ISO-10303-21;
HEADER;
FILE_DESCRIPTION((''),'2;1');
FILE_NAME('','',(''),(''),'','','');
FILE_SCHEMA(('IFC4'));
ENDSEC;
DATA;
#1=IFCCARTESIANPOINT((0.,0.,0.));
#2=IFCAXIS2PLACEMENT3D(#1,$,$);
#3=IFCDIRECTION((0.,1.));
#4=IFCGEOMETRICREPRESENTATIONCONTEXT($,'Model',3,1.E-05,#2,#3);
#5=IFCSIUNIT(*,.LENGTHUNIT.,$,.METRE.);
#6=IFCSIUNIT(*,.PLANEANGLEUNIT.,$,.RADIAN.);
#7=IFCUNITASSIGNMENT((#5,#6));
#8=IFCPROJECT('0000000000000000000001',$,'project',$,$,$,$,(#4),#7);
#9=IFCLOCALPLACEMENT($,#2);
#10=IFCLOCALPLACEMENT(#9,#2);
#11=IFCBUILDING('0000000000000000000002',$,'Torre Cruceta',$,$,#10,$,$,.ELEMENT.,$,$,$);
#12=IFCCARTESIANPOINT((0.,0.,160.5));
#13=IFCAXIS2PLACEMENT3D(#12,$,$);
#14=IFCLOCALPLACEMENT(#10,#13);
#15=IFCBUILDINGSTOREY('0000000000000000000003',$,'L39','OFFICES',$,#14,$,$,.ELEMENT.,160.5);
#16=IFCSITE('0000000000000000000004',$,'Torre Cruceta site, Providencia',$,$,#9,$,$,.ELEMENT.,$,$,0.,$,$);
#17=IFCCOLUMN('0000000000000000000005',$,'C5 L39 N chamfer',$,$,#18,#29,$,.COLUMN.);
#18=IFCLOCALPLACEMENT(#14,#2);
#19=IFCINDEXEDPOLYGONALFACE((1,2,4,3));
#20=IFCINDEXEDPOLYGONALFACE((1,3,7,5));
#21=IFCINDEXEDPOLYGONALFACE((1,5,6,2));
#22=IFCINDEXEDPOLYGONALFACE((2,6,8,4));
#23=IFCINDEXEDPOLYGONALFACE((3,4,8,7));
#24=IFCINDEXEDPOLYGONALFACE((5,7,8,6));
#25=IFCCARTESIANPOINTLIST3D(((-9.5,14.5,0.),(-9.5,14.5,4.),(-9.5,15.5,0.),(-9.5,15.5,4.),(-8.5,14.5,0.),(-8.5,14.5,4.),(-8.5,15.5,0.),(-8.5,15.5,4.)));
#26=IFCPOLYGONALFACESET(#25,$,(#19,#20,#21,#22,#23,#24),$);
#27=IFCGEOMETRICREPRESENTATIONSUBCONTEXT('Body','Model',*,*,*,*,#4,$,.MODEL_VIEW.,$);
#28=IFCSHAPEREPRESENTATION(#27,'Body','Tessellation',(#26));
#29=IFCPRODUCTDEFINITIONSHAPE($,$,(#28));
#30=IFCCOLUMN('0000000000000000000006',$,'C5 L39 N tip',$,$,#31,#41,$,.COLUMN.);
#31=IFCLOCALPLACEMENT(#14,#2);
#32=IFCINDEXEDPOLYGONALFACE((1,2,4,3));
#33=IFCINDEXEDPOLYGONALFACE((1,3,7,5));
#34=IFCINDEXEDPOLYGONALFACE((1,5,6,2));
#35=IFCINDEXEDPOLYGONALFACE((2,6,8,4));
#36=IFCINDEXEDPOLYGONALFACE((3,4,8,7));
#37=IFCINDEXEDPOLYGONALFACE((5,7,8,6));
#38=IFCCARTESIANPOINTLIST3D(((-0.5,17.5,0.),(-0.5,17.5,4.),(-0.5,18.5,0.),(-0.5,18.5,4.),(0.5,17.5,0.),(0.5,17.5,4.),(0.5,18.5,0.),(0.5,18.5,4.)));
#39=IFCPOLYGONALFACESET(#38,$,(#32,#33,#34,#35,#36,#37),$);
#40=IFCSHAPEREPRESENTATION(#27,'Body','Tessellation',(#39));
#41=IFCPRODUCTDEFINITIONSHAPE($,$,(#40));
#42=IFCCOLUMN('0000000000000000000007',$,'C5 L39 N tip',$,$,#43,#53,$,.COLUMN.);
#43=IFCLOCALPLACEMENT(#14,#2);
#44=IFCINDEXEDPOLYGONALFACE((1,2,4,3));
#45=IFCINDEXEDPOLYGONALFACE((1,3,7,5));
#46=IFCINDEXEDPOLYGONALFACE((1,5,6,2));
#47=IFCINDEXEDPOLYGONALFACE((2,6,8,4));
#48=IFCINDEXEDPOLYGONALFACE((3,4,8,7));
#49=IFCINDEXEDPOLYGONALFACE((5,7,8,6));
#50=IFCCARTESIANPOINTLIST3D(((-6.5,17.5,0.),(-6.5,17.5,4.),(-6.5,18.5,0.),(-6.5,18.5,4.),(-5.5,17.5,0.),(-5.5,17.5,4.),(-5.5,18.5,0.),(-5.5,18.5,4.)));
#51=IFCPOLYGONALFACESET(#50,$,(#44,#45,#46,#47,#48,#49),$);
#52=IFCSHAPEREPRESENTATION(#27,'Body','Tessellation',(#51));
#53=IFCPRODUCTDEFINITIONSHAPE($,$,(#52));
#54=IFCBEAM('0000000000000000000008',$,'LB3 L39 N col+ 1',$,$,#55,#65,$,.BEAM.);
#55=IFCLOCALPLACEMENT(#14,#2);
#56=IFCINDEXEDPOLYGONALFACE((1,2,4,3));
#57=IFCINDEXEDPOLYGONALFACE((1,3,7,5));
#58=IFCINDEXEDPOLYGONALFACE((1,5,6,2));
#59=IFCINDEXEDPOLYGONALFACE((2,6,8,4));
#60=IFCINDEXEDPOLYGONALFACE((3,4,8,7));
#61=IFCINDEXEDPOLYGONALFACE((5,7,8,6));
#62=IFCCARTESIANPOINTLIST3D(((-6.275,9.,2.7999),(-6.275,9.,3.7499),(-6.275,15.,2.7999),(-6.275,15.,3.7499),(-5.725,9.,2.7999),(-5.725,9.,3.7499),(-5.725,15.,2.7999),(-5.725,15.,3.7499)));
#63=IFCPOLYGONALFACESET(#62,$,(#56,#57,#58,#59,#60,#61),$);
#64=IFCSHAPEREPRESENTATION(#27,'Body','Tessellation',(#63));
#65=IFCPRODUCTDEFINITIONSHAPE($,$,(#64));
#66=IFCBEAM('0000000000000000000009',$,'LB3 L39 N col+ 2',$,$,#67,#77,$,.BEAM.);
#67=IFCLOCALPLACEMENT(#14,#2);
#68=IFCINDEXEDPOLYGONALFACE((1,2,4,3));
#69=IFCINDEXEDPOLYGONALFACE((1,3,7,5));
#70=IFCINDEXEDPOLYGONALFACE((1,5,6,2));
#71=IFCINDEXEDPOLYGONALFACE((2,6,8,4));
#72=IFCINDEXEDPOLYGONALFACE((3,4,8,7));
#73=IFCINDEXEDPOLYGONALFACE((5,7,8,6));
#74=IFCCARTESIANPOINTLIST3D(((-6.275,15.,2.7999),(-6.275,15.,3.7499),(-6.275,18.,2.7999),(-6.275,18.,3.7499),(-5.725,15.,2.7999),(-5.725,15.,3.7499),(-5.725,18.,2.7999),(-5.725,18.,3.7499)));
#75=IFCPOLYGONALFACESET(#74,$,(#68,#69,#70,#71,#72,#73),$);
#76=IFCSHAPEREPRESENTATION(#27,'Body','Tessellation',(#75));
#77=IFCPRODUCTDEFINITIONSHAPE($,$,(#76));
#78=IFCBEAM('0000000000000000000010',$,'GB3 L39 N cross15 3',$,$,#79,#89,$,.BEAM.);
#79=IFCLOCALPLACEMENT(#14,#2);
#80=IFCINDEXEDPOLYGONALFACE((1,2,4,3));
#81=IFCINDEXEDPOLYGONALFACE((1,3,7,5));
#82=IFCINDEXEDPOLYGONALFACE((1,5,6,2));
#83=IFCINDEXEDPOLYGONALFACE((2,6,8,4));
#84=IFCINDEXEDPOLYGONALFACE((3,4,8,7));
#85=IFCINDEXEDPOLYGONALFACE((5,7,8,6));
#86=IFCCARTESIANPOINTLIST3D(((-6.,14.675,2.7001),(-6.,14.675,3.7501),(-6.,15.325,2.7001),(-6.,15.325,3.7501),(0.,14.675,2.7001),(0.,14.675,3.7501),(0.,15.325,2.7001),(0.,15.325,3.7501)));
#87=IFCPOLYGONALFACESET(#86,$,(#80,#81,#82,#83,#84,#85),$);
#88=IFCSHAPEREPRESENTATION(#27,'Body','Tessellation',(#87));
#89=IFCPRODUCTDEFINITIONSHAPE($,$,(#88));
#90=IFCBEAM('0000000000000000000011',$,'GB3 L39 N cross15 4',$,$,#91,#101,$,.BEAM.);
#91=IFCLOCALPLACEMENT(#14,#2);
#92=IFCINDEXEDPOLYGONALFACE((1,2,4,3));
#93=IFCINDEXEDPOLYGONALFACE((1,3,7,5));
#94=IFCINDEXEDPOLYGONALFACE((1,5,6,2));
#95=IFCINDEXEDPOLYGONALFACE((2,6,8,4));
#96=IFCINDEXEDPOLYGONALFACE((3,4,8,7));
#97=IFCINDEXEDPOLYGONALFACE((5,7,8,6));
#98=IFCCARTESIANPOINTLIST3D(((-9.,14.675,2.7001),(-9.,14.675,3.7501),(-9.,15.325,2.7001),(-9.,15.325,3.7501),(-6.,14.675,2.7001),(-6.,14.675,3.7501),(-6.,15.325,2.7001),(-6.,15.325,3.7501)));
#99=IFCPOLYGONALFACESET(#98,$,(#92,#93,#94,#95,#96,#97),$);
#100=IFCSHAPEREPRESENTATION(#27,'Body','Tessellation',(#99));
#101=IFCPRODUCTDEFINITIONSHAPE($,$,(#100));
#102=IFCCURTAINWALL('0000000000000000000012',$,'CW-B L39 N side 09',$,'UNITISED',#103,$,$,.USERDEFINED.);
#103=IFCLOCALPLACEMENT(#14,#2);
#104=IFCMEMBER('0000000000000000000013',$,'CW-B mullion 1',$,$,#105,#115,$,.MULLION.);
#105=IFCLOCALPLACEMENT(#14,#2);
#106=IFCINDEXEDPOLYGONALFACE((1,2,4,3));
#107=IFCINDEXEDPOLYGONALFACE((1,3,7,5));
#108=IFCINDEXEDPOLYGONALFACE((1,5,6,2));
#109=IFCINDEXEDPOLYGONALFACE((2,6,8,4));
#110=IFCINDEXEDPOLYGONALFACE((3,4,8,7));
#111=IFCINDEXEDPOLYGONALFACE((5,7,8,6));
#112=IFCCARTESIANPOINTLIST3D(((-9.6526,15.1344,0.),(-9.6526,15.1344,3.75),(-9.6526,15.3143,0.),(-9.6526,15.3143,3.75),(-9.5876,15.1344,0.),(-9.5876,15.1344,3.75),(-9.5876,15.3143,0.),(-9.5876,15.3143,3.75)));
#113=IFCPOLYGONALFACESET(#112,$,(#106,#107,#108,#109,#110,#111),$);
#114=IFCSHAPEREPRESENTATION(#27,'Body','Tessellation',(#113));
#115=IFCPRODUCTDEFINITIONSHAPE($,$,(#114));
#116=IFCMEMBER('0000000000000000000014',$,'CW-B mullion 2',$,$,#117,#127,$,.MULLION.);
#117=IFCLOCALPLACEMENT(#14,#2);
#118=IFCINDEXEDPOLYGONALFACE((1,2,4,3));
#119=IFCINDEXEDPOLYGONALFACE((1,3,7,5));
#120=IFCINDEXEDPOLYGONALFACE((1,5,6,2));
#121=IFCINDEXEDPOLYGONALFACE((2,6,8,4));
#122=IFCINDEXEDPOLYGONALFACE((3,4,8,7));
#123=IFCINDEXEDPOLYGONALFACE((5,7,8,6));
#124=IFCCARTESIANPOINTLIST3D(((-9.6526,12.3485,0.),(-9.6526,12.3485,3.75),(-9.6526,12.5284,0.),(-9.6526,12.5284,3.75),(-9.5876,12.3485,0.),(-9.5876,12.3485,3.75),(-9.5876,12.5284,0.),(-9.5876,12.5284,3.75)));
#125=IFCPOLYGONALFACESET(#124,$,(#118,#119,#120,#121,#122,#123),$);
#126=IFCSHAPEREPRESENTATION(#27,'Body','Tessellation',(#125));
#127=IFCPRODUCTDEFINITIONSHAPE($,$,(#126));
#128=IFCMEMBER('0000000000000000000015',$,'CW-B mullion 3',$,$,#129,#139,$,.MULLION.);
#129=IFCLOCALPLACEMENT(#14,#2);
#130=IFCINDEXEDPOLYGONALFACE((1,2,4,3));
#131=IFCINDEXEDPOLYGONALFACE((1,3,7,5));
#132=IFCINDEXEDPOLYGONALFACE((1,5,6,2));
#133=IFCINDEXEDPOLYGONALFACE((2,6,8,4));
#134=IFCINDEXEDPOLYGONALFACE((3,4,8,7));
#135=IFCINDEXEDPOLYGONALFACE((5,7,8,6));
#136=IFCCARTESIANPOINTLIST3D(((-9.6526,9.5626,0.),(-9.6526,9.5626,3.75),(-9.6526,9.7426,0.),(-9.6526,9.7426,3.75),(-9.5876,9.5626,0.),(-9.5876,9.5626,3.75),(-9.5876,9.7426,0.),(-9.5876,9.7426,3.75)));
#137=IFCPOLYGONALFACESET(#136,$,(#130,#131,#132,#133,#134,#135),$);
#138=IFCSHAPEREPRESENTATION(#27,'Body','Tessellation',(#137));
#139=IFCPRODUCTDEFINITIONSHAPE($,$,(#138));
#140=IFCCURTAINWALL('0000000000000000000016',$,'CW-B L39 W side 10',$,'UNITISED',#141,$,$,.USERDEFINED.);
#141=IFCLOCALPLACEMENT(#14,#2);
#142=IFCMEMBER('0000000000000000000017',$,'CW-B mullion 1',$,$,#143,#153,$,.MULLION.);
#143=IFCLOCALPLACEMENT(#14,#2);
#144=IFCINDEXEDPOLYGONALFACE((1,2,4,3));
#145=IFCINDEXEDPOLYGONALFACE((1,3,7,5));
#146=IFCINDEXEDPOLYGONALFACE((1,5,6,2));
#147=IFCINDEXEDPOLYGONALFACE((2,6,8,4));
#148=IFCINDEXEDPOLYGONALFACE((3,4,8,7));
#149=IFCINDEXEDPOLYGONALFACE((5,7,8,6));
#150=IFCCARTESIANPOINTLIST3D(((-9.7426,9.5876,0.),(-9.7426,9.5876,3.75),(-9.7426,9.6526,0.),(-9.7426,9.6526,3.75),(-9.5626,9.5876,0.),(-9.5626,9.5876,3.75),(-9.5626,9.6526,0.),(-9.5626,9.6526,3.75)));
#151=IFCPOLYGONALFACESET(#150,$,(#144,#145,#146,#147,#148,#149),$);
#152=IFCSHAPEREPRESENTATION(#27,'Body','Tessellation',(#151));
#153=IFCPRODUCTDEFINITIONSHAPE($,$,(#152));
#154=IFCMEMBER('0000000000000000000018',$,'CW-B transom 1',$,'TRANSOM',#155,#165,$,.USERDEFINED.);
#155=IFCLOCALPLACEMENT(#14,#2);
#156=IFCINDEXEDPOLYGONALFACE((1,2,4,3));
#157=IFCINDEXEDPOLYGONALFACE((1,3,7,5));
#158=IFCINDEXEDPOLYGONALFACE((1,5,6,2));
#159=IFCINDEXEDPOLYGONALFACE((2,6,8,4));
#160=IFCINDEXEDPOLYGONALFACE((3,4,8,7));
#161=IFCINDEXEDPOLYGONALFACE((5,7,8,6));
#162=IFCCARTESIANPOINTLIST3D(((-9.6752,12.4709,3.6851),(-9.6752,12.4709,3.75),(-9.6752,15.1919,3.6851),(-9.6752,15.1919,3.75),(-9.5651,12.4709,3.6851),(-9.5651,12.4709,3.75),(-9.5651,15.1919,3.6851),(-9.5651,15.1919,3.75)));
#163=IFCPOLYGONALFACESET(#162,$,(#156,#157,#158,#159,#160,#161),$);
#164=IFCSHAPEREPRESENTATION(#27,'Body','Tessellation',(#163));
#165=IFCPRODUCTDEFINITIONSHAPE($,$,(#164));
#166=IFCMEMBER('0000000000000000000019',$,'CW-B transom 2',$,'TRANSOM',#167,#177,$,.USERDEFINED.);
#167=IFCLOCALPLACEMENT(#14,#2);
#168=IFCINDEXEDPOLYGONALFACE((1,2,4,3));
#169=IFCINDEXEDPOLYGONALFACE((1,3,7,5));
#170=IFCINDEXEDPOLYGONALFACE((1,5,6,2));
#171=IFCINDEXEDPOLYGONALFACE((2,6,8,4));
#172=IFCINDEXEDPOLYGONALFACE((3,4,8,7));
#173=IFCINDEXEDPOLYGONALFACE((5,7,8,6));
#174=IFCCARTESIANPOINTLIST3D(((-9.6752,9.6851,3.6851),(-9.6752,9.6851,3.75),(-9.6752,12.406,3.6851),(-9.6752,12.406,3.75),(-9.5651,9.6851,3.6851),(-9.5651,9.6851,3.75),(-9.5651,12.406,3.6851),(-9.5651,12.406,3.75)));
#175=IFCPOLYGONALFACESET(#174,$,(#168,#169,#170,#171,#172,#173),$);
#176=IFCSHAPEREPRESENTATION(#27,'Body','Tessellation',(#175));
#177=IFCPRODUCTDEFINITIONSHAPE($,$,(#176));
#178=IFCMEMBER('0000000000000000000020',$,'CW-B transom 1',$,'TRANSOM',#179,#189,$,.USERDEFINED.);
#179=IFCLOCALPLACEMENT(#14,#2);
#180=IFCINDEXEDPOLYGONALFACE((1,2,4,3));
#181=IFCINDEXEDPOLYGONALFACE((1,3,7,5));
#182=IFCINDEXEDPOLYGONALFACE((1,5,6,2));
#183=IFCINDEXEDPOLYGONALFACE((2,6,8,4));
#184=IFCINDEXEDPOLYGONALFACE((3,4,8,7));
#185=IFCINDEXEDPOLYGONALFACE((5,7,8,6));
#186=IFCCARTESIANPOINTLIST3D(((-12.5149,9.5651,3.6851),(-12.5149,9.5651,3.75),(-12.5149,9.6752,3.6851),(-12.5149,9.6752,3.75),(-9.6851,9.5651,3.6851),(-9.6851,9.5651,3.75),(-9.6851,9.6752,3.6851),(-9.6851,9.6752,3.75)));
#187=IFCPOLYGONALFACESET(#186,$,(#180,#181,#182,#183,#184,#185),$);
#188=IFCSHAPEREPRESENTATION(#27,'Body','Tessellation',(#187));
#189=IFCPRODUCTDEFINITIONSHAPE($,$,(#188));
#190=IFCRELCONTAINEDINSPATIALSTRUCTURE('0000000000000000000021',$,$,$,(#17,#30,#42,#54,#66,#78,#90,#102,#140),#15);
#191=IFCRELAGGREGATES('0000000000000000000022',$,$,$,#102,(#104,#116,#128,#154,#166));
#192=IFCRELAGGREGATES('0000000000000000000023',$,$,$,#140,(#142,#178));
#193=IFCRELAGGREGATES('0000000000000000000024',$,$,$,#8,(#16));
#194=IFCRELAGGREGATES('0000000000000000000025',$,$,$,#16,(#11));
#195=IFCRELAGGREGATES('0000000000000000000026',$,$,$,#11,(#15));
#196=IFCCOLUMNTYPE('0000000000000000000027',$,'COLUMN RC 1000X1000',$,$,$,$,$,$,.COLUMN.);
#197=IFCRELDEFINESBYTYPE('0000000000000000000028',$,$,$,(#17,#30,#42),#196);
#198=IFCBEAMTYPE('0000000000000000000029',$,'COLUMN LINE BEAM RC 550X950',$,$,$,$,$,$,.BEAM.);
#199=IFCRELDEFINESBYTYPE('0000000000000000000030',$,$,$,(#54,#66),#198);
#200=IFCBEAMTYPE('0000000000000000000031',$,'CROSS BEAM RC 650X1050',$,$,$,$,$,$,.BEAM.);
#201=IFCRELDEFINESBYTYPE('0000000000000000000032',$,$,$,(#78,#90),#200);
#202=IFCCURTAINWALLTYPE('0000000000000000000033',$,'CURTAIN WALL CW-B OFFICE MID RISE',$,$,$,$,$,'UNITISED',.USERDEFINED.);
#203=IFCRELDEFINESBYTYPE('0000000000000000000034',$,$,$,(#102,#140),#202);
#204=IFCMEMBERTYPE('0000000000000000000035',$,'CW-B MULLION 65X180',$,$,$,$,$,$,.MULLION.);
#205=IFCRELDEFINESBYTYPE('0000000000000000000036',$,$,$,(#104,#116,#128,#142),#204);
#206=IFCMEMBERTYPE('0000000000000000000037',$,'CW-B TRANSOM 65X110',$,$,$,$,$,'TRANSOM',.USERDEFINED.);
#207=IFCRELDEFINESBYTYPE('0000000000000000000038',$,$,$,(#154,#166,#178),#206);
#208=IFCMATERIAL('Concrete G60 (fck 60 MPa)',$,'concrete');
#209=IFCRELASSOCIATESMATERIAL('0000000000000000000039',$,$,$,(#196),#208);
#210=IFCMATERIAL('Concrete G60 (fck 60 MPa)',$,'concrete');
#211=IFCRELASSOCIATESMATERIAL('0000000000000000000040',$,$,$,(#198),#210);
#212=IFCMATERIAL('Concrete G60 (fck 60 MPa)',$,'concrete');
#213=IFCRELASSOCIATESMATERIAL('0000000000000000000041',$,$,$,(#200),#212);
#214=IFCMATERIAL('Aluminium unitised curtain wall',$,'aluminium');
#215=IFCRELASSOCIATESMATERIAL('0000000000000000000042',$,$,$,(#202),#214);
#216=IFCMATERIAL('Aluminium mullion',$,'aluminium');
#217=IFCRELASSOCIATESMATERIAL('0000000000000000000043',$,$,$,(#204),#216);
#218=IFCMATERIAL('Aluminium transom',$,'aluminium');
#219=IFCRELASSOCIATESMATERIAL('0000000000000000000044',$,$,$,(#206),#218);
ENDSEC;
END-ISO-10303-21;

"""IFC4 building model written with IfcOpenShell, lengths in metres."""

from ifc_helpers import new_model, si_unit, direction, frame, origin, origin_2d, place, context, subcontext, project, spatial, rectangle, extrude, material, material_profile, profile_set, type_object, element, aggregate, save


model = new_model("IFC4")

# Units and contexts
model_context = context("Model", 3, precision=1e-05, world=origin(), true_north=direction((0.0, 1.0)))
body_context = subcontext(model_context, "Body", "Model", "MODEL_VIEW")
ifc_project = project(units=[si_unit("LENGTHUNIT", "METRE"), si_unit("PLANEANGLEUNIT", "RADIAN")], contexts=[model_context])

# Site, building, storey
site_placement = place(None, origin())
site = spatial("IfcSite", under=ifc_project, at=site_placement, Name="Torre Cruceta site, Providencia", CompositionType="ELEMENT", RefElevation=0.0)
building_placement = place(site_placement, origin())
building = spatial("IfcBuilding", under=site, at=building_placement, Name="Torre Cruceta", CompositionType="ELEMENT")
storey_placement = place(building_placement, frame((0.0, 0.0, 160.5)))
storey = spatial("IfcBuildingStorey", under=building, at=storey_placement, Name="L39", Description="OFFICES", CompositionType="ELEMENT", Elevation=160.5)

# Columns
ifc_material_1 = material(Name="Concrete G60 (fck 60 MPa)", Category="concrete")
ifc_material_profile_1 = material_profile(ifc_material_1, rectangle(XDim=1.0, YDim=1.0, at=origin_2d()), Name="RC 1000X1000")
ifc_profile_set_1 = profile_set([ifc_material_profile_1], Name="Concrete G60 (fck 60 MPa)")
column_type = type_object("IfcColumnType", Name="COLUMN RC 1000X1000", PredefinedType="COLUMN", material=ifc_profile_set_1)
for number, where, z_axis, x_axis, name in (
    (1, (-9.0, 15.0, 0.0), (0.0, 0.0, 1.0), (1.0, 0.0, 0.0), "C5 L39 N chamfer"),
    (2, (0.0, 18.0, 0.0), (0.0, 0.0, 1.0), (1.0, 0.0, 0.0), "C5 L39 N tip"),
    (3, (-6.0, 18.0, 0.0), (0.0, 0.0, 1.0), (1.0, 0.0, 0.0), "C5 L39 N tip"),
):
    element("IfcColumn", number, at=place(storey_placement, frame(where, z_axis=z_axis, x_axis=x_axis)), inside=storey, type_object=column_type, Name=name, PredefinedType="COLUMN", context=body_context, shape_type="SweptSolid", body=[
        extrude(rectangle(XDim=1.0, YDim=1.0, at=origin_2d()), origin(), (0.0, 0.0, 1.0), 4.0),
    ])

# Beams
ifc_material_2 = material(Name="Concrete G60 (fck 60 MPa)", Category="concrete")
ifc_material_profile_2 = material_profile(ifc_material_2, rectangle(XDim=0.55, YDim=0.95, at=origin_2d()), Name="RC 550X950")
ifc_profile_set_2 = profile_set([ifc_material_profile_2], Name="Concrete G60 (fck 60 MPa)")
beam_type_1 = type_object("IfcBeamType", Name="COLUMN LINE BEAM RC 550X950", PredefinedType="BEAM", material=ifc_profile_set_2)
beam_1_placement = place(storey_placement, frame((-6.0, 9.0, 3.2749), z_axis=(0.0, 1.0, 0.0), x_axis=(-1.0, 0.0, 0.0)))
element("IfcBeam", 4, at=beam_1_placement, inside=storey, type_object=beam_type_1, Name="LB3 L39 N col+ 1", PredefinedType="BEAM", context=body_context, shape_type="SweptSolid", body=[
    extrude(rectangle(XDim=0.55, YDim=0.95, at=origin_2d()), origin(), (0.0, 0.0, 1.0), 6.0),
])
beam_2_placement = place(storey_placement, frame((-6.0, 15.0, 3.2749), z_axis=(0.0, 1.0, 0.0), x_axis=(-1.0, 0.0, 0.0)))
element("IfcBeam", 5, at=beam_2_placement, inside=storey, type_object=beam_type_1, Name="LB3 L39 N col+ 2", PredefinedType="BEAM", context=body_context, shape_type="SweptSolid", body=[
    extrude(rectangle(XDim=0.55, YDim=0.95, at=origin_2d()), origin(), (0.0, 0.0, 1.0), 3.0),
])
ifc_material_3 = material(Name="Concrete G60 (fck 60 MPa)", Category="concrete")
ifc_material_profile_3 = material_profile(ifc_material_3, rectangle(XDim=0.6499, YDim=1.05, at=origin_2d()), Name="RC 650X1050")
ifc_profile_set_3 = profile_set([ifc_material_profile_3], Name="Concrete G60 (fck 60 MPa)")
beam_type_2 = type_object("IfcBeamType", Name="CROSS BEAM RC 650X1050", PredefinedType="BEAM", material=ifc_profile_set_3)
beam_3_placement = place(storey_placement, frame((0.0, 15.0, 3.2251), z_axis=(-1.0, 0.0, 0.0), x_axis=(0.0, -1.0, 0.0)))
element("IfcBeam", 6, at=beam_3_placement, inside=storey, type_object=beam_type_2, Name="GB3 L39 N cross15 3", PredefinedType="BEAM", context=body_context, shape_type="SweptSolid", body=[
    extrude(rectangle(XDim=0.6499, YDim=1.05, at=origin_2d()), origin(), (0.0, 0.0, 1.0), 6.0),
])
beam_4_placement = place(storey_placement, frame((-6.0, 15.0, 3.2251), z_axis=(-1.0, 0.0, 0.0), x_axis=(0.0, -1.0, 0.0)))
element("IfcBeam", 7, at=beam_4_placement, inside=storey, type_object=beam_type_2, Name="GB3 L39 N cross15 4", PredefinedType="BEAM", context=body_context, shape_type="SweptSolid", body=[
    extrude(rectangle(XDim=0.6499, YDim=1.05, at=origin_2d()), origin(), (0.0, 0.0, 1.0), 3.0),
])

# Curtain wall, members
ifc_material_4 = material(Name="Aluminium unitised curtain wall", Category="aluminium")
curtain_wall_type = type_object("IfcCurtainWallType", Name="CURTAIN WALL CW-B OFFICE MID RISE", ElementType="UNITISED", PredefinedType="USERDEFINED", material=ifc_material_4)
curtain_wall_1_placement = place(storey_placement, origin())
curtain_wall_1 = element("IfcCurtainWall", 8, at=curtain_wall_1_placement, inside=storey, type_object=curtain_wall_type, Name="CW-B L39 N side 09", ObjectType="UNITISED", PredefinedType="USERDEFINED")
ifc_material_5 = material(Name="Aluminium mullion", Category="aluminium")
ifc_material_profile_4 = material_profile(ifc_material_5, rectangle(XDim=0.0649, YDim=0.1799, at=origin_2d()), Name="AL 65X180")
ifc_profile_set_4 = profile_set([ifc_material_profile_4], Name="Aluminium mullion")
member_type_1 = type_object("IfcMemberType", Name="CW-B MULLION 65X180", PredefinedType="MULLION", material=ifc_profile_set_4)
member_1_placement = place(storey_placement, frame((-9.6201, 15.2244, 0.0), z_axis=(0.0, 0.0, 1.0), x_axis=(1.0, 0.0, 0.0)))
member_1 = element("IfcMember", 9, at=member_1_placement, type_object=member_type_1, Name="CW-B mullion 1", PredefinedType="MULLION", context=body_context, shape_type="SweptSolid", body=[
    extrude(rectangle(XDim=0.0649, YDim=0.1799, at=origin_2d()), origin(), (0.0, 0.0, 1.0), 3.75),
])
member_2_placement = place(storey_placement, frame((-9.6201, 12.4385, 0.0), z_axis=(0.0, 0.0, 1.0), x_axis=(1.0, 0.0, 0.0)))
member_2 = element("IfcMember", 10, at=member_2_placement, type_object=member_type_1, Name="CW-B mullion 2", PredefinedType="MULLION", context=body_context, shape_type="SweptSolid", body=[
    extrude(rectangle(XDim=0.0649, YDim=0.1799, at=origin_2d()), origin(), (0.0, 0.0, 1.0), 3.75),
])
member_3_placement = place(storey_placement, frame((-9.6201, 9.6526, 0.0), z_axis=(0.0, 0.0, 1.0), x_axis=(1.0, 0.0, 0.0)))
member_3 = element("IfcMember", 11, at=member_3_placement, type_object=member_type_1, Name="CW-B mullion 3", PredefinedType="MULLION", context=body_context, shape_type="SweptSolid", body=[
    extrude(rectangle(XDim=0.0649, YDim=0.1799, at=origin_2d()), origin(), (0.0, 0.0, 1.0), 3.75),
])

# Curtain wall, member
curtain_wall_2_placement = place(storey_placement, origin())
curtain_wall_2 = element("IfcCurtainWall", 12, at=curtain_wall_2_placement, inside=storey, type_object=curtain_wall_type, Name="CW-B L39 W side 10", ObjectType="UNITISED", PredefinedType="USERDEFINED")
member_4_placement = place(storey_placement, frame((-9.6526, 9.6201, 0.0), z_axis=(0.0, 0.0, 1.0), x_axis=(0.0, -1.0, 0.0)))
member_4 = element("IfcMember", 13, at=member_4_placement, type_object=member_type_1, Name="CW-B mullion 1", PredefinedType="MULLION", context=body_context, shape_type="SweptSolid", body=[
    extrude(rectangle(XDim=0.0649, YDim=0.1799, at=origin_2d()), origin(), (0.0, 0.0, 1.0), 3.75),
])

# Members
ifc_material_6 = material(Name="Aluminium transom", Category="aluminium")
ifc_material_profile_5 = material_profile(ifc_material_6, rectangle(XDim=0.1101, YDim=0.0649, at=origin_2d()), Name="AL 110X65")
ifc_profile_set_5 = profile_set([ifc_material_profile_5], Name="Aluminium transom")
member_type_2 = type_object("IfcMemberType", Name="CW-B TRANSOM 65X110", ElementType="TRANSOM", PredefinedType="USERDEFINED", material=ifc_profile_set_5)
member_5_placement = place(storey_placement, frame((-9.6201, 15.1919, 3.7175), z_axis=(0.0, -1.0, 0.0), x_axis=(1.0, 0.0, 0.0)))
member_5 = element("IfcMember", 14, at=member_5_placement, type_object=member_type_2, Name="CW-B transom 1", ObjectType="TRANSOM", PredefinedType="USERDEFINED", context=body_context, shape_type="SweptSolid", body=[
    extrude(rectangle(XDim=0.1101, YDim=0.0649, at=origin_2d()), origin(), (0.0, 0.0, 1.0), 2.7209),
])
member_6_placement = place(storey_placement, frame((-9.6201, 12.406, 3.7175), z_axis=(0.0, -1.0, 0.0), x_axis=(1.0, 0.0, 0.0)))
member_6 = element("IfcMember", 15, at=member_6_placement, type_object=member_type_2, Name="CW-B transom 2", ObjectType="TRANSOM", PredefinedType="USERDEFINED", context=body_context, shape_type="SweptSolid", body=[
    extrude(rectangle(XDim=0.1101, YDim=0.0649, at=origin_2d()), origin(), (0.0, 0.0, 1.0), 2.7209),
])
member_7_placement = place(storey_placement, frame((-9.6851, 9.6201, 3.7175), z_axis=(-1.0, 0.0, 0.0), x_axis=(0.0, -1.0, 0.0)))
member_7 = element("IfcMember", 16, at=member_7_placement, type_object=member_type_2, Name="CW-B transom 1", ObjectType="TRANSOM", PredefinedType="USERDEFINED", context=body_context, shape_type="SweptSolid", body=[
    extrude(rectangle(XDim=0.1101, YDim=0.0649, at=origin_2d()), origin(), (0.0, 0.0, 1.0), 2.8298),
])

aggregate(curtain_wall_1, [member_1, member_2, member_3, member_5, member_6])
aggregate(curtain_wall_2, [member_4, member_7])

save(model, "model.ifc")
